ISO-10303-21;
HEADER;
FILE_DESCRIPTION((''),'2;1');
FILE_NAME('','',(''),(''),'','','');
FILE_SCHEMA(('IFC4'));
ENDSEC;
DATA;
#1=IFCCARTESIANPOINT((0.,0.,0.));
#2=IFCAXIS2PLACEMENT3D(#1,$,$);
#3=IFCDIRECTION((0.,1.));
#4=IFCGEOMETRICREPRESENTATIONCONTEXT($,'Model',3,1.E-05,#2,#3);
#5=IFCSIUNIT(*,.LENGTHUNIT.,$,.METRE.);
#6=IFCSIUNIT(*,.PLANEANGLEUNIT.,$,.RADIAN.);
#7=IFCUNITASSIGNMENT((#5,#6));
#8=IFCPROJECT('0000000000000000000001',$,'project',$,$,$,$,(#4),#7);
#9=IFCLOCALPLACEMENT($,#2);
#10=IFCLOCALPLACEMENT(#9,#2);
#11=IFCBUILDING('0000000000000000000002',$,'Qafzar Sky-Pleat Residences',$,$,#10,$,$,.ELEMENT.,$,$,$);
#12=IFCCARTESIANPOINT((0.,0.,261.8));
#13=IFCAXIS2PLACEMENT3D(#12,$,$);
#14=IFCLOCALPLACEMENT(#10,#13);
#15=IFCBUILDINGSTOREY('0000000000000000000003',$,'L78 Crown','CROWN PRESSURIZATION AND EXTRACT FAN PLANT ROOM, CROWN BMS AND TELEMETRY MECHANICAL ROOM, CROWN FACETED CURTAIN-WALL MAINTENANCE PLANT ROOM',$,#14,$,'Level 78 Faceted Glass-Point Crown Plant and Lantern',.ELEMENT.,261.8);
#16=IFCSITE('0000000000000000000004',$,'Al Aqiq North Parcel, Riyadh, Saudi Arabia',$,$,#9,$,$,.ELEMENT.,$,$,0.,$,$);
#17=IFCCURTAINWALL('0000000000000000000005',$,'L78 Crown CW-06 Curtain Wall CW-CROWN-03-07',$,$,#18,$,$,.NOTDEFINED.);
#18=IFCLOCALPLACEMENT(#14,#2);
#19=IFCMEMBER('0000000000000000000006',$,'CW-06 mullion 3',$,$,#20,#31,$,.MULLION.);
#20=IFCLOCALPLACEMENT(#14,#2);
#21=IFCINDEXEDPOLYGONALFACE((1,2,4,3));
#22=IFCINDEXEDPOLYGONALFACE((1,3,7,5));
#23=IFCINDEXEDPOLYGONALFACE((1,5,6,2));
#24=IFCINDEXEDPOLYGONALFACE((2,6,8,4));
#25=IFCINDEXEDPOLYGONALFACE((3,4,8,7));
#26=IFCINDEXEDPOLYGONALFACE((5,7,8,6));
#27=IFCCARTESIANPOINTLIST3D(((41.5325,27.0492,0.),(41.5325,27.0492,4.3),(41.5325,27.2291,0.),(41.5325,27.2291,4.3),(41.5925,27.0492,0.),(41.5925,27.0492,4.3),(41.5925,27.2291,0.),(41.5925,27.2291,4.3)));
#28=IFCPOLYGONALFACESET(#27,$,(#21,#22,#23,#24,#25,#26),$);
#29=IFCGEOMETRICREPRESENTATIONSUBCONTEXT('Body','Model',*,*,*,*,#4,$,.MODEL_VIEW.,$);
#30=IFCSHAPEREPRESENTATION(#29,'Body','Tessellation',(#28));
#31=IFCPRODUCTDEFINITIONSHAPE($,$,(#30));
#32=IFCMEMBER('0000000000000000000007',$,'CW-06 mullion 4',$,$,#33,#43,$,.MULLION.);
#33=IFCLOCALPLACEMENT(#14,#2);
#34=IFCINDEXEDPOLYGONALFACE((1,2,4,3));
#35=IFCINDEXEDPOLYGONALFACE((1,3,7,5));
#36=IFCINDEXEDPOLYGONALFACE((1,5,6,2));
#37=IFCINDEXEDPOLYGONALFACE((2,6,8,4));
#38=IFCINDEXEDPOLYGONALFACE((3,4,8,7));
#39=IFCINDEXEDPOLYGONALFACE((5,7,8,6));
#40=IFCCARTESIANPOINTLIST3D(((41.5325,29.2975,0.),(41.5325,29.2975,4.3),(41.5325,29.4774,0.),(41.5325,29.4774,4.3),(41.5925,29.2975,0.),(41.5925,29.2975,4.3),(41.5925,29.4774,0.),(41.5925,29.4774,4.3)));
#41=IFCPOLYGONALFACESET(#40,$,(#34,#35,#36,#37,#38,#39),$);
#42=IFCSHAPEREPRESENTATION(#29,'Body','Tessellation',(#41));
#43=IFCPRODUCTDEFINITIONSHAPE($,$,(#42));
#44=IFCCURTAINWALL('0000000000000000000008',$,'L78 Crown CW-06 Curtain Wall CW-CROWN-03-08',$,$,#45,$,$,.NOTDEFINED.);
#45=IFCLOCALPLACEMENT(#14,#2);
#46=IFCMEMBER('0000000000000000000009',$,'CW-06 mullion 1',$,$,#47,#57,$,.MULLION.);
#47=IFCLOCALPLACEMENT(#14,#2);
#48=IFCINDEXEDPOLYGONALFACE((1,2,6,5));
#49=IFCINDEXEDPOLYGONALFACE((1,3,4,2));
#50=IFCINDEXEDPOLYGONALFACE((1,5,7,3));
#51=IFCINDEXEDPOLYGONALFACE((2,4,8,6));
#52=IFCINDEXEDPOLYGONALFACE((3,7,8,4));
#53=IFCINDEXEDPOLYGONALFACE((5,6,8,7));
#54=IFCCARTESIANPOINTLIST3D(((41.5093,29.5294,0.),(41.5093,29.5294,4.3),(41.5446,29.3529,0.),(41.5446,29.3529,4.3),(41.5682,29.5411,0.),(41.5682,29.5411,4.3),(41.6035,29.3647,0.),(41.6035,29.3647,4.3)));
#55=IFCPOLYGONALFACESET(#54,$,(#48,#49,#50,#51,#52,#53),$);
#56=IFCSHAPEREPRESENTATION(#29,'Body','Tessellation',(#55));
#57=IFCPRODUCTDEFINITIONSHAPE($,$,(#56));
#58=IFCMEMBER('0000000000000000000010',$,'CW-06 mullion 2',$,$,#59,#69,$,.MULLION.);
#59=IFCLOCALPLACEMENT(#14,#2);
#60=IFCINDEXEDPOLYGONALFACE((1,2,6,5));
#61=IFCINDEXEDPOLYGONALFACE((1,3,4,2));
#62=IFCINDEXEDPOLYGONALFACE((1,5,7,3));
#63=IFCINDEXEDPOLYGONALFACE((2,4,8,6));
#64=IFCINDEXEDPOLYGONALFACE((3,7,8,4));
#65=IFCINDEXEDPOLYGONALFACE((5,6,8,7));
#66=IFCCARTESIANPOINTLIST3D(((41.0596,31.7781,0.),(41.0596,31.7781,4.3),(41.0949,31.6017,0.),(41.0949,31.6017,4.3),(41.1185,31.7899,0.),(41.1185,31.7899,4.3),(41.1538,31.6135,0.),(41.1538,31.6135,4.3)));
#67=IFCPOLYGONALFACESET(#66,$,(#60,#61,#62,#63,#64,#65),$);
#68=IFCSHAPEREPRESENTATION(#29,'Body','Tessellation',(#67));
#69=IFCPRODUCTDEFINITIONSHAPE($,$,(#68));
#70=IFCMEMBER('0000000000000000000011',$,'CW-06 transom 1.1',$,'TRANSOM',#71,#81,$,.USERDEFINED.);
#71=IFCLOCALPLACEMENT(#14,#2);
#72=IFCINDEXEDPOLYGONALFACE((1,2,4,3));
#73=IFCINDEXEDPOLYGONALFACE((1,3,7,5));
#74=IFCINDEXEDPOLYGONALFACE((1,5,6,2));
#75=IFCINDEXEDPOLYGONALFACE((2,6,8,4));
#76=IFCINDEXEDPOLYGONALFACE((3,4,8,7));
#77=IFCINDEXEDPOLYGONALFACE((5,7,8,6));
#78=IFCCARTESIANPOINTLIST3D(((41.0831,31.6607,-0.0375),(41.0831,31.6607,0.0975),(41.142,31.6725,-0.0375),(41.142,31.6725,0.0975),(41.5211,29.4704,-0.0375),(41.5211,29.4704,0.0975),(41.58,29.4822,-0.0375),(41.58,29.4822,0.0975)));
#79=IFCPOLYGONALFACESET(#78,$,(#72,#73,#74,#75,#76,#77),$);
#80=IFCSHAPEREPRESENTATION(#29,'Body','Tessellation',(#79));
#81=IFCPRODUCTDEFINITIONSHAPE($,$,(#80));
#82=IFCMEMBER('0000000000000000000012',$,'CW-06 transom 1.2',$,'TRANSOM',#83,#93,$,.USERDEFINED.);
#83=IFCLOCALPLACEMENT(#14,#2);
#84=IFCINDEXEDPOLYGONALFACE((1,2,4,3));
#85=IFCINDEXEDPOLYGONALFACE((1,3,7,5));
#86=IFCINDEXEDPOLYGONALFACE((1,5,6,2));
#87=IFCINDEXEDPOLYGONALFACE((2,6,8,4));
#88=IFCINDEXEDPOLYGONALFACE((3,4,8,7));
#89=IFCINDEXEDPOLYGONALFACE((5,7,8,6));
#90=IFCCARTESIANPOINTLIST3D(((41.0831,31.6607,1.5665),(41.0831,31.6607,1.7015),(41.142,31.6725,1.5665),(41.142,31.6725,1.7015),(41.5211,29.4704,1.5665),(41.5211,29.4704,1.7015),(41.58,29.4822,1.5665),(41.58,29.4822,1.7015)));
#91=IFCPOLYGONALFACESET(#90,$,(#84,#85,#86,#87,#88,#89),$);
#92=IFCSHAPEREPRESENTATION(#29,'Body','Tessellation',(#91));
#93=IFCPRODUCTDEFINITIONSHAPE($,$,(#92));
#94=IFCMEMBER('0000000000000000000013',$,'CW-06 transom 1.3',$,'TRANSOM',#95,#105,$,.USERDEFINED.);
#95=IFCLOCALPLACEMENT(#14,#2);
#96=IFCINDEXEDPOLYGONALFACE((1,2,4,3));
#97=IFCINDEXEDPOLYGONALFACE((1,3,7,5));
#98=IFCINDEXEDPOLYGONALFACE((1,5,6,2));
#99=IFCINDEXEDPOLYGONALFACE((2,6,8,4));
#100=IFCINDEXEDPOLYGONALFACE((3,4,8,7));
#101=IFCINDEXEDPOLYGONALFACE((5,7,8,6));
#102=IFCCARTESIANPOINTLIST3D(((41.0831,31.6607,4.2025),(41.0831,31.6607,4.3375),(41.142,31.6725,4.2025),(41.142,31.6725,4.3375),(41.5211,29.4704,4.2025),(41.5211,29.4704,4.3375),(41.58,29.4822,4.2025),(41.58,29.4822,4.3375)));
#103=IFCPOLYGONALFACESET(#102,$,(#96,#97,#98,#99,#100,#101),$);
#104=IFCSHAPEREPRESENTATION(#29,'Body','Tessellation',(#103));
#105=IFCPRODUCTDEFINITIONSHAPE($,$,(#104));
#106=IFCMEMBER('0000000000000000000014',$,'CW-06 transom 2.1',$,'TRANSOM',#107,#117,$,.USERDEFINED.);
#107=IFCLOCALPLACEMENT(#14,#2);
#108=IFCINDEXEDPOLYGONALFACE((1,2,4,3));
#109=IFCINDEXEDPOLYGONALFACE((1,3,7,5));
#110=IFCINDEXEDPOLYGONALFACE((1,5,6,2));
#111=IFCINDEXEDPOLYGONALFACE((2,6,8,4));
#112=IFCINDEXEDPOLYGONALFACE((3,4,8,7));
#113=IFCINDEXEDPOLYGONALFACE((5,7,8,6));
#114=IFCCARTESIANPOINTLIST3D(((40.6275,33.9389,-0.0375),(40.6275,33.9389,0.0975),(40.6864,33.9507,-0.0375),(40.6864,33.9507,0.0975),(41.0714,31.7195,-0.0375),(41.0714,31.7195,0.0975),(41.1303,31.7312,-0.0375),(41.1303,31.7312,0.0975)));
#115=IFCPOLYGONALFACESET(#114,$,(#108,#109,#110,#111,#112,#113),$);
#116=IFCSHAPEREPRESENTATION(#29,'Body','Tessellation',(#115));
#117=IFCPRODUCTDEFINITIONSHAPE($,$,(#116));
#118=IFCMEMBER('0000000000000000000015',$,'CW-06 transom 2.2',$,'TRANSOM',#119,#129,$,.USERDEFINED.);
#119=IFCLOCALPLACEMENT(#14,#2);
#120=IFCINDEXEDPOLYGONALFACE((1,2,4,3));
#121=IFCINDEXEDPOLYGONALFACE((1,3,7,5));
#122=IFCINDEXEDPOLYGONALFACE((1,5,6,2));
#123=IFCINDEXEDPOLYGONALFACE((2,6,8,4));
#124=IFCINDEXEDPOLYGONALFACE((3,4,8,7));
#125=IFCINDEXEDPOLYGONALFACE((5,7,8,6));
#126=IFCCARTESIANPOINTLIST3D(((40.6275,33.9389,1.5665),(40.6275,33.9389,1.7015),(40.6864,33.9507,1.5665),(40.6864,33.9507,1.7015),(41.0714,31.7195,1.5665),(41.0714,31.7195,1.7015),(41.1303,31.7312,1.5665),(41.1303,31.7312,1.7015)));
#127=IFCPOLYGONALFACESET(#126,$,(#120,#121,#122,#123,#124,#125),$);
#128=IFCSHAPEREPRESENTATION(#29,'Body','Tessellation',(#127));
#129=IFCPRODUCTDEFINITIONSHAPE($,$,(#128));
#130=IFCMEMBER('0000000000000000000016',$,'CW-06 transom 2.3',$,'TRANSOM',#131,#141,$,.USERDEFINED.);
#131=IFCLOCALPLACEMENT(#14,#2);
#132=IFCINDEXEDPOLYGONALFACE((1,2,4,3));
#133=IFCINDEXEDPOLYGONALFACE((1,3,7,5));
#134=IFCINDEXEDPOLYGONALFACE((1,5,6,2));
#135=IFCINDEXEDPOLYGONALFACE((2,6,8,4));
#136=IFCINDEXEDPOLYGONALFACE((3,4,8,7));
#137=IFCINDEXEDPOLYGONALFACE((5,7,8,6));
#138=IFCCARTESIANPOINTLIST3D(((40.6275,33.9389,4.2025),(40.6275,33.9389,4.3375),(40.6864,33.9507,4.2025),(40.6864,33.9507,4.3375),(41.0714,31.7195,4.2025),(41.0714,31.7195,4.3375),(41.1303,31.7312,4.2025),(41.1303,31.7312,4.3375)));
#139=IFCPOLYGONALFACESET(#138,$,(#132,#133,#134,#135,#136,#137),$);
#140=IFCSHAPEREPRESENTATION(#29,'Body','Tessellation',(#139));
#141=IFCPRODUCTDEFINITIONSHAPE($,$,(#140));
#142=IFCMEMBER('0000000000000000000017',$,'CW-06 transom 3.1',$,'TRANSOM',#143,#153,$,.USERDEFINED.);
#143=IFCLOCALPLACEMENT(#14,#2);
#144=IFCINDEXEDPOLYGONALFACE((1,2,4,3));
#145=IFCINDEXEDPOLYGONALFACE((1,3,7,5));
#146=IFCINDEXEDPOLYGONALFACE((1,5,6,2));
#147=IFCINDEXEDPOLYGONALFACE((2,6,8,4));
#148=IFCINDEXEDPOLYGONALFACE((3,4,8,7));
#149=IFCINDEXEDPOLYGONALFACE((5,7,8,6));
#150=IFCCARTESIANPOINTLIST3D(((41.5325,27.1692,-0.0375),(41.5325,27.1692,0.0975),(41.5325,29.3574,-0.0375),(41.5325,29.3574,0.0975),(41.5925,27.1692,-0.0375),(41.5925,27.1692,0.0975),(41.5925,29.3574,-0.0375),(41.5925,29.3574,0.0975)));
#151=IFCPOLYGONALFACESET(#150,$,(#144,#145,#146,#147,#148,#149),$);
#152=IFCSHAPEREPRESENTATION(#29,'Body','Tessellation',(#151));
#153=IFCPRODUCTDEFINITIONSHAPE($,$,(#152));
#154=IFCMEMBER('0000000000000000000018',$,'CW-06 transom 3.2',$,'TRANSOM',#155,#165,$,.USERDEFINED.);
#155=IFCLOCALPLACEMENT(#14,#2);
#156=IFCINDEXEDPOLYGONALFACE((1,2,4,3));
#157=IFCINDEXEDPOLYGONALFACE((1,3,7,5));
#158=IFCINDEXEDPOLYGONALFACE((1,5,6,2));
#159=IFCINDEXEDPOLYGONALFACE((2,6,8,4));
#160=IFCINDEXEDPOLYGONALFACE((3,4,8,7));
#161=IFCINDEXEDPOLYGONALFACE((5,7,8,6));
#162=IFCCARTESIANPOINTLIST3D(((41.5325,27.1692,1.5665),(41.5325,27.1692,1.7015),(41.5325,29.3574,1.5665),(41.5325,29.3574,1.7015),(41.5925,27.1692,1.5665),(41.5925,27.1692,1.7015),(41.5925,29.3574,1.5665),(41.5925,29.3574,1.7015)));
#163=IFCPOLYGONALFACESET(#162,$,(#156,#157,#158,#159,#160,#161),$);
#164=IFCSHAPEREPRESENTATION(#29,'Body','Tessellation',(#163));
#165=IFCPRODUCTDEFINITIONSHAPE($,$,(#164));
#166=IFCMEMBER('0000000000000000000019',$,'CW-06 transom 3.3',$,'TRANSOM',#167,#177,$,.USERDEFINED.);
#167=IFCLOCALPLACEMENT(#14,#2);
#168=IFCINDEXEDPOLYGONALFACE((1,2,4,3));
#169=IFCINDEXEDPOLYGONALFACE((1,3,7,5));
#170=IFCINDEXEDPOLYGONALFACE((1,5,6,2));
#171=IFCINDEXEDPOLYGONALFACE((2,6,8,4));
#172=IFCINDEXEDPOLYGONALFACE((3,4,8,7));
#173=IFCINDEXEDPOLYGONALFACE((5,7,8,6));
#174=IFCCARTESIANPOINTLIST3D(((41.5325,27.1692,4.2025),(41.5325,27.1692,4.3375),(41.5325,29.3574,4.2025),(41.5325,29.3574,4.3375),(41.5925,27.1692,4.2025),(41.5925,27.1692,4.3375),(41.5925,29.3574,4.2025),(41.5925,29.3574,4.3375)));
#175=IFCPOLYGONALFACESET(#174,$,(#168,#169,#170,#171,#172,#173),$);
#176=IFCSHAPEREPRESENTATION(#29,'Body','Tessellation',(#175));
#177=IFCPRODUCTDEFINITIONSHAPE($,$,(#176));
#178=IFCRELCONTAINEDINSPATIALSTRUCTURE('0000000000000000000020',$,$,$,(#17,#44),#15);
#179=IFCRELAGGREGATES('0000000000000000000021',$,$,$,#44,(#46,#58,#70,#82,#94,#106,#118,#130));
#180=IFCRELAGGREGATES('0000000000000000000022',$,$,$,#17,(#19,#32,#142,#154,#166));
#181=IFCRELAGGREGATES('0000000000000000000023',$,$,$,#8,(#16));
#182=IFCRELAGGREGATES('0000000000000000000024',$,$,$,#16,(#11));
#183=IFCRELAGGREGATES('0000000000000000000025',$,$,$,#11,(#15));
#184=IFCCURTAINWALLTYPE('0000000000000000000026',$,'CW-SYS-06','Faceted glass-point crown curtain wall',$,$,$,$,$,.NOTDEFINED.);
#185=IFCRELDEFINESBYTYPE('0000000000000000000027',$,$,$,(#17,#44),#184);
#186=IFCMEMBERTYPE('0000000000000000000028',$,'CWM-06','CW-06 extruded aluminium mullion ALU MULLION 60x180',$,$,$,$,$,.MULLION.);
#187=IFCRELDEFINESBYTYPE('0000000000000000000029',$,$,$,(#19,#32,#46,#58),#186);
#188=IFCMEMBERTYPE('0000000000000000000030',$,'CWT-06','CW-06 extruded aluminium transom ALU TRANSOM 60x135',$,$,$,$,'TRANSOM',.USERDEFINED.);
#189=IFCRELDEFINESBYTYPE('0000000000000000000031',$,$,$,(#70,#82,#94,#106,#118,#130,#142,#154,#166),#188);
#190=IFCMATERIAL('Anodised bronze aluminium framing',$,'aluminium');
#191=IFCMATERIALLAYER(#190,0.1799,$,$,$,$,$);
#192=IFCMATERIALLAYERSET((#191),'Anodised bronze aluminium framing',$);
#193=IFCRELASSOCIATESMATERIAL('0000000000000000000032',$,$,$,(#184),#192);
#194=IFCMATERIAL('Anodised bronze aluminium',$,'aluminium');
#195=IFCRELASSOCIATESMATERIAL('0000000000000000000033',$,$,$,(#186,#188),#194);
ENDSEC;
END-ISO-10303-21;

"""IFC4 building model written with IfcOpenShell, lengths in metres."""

from ifc_helpers import new_model, si_unit, direction, frame, origin, origin_2d, place, context, subcontext, project, spatial, rectangle, extrude, source, transform, mapped, material, layer, layer_set, material_profile, profile_set, type_object, element, aggregate, save


model = new_model("IFC4")

# Units and contexts
model_context = context("Model", 3, precision=1e-05, world=origin(), true_north=direction((0.0, 1.0)))
body_context = subcontext(model_context, "Body", "Model", "MODEL_VIEW")
ifc_project = project(units=[si_unit("LENGTHUNIT", "METRE"), si_unit("PLANEANGLEUNIT", "RADIAN")], contexts=[model_context])

# Site, building, storey
site_placement = place(None, origin())
site = spatial("IfcSite", under=ifc_project, at=site_placement, Name="Al Aqiq North Parcel, Riyadh, Saudi Arabia", CompositionType="ELEMENT", RefElevation=0.0)
building_placement = place(site_placement, origin())
building = spatial("IfcBuilding", under=site, at=building_placement, Name="Qafzar Sky-Pleat Residences", CompositionType="ELEMENT")
storey_placement = place(building_placement, frame((0.0, 0.0, 261.8)))
storey = spatial("IfcBuildingStorey", under=building, at=storey_placement, Name="L78 Crown", Description="CROWN PRESSURIZATION AND EXTRACT FAN PLANT ROOM, CROWN BMS AND TELEMETRY MECHANICAL ROOM, CROWN FACETED CURTAIN-WALL MAINTENANCE PLANT ROOM", LongName="Level 78 Faceted Glass-Point Crown Plant and Lantern", CompositionType="ELEMENT", Elevation=261.8)

# Curtain walls, members
ifc_material_1 = material(Name="Anodised bronze aluminium framing", Category="aluminium")
ifc_layer_1 = layer(ifc_material_1, 0.1799)
ifc_layer_set_1 = layer_set([ifc_layer_1], Name="Anodised bronze aluminium framing")
curtain_wall_type = type_object("IfcCurtainWallType", Name="CW-SYS-06", Description="Faceted glass-point crown curtain wall", PredefinedType="NOTDEFINED", material=ifc_layer_set_1)
curtain_wall_1_placement = place(storey_placement, origin())
curtain_wall_1 = element("IfcCurtainWall", 1, at=curtain_wall_1_placement, inside=storey, type_object=curtain_wall_type, Name="L78 Crown CW-06 Curtain Wall CW-CROWN-03-07", PredefinedType="NOTDEFINED")
ifc_material_2 = material(Name="Anodised bronze aluminium", Category="aluminium")
ifc_material_profile_1 = material_profile(ifc_material_2, rectangle(XDim=0.0601, YDim=0.1799, at=origin_2d()), Name="ALU MULLION 60x180")
ifc_profile_set_1 = profile_set([ifc_material_profile_1], Name="Anodised bronze aluminium")
member_type_1 = type_object("IfcMemberType", Name="CWM-06", Description="CW-06 extruded aluminium mullion ALU MULLION 60x180", PredefinedType="MULLION", material=ifc_profile_set_1)
shared_shape_1 = source(origin(), body_context, "Body", "SweptSolid", [
    extrude(rectangle(XDim=0.0601, YDim=0.1799, at=origin_2d()), origin(), (0.0, 0.0, 1.0), 4.3),
])
member_1_placement = place(storey_placement, frame((41.5625, 27.1392, 0.0), z_axis=(0.0, 0.0, 1.0), x_axis=(-1.0, 0.0, 0.0)))
member_1 = element("IfcMember", 2, at=member_1_placement, type_object=member_type_1, Name="CW-06 mullion 3", PredefinedType="MULLION", context=body_context, shape_type="MappedRepresentation", body=[
    mapped(shared_shape_1, transform((0.0, 0.0, 0.0), x_axis=(1.0, 0.0, 0.0), y_axis=(0.0, 1.0, 0.0), z_axis=(0.0, 0.0, 1.0), scale=1.0)),
])
member_2_placement = place(storey_placement, frame((41.5625, 29.3875, 0.0), z_axis=(0.0, 0.0, 1.0), x_axis=(-1.0, 0.0, 0.0)))
member_2 = element("IfcMember", 3, at=member_2_placement, type_object=member_type_1, Name="CW-06 mullion 4", PredefinedType="MULLION", context=body_context, shape_type="MappedRepresentation", body=[
    mapped(shared_shape_1, transform((0.0, 0.0, 0.0), x_axis=(1.0, 0.0, 0.0), y_axis=(0.0, 1.0, 0.0), z_axis=(0.0, 0.0, 1.0), scale=1.0)),
])
curtain_wall_2_placement = place(storey_placement, origin())
curtain_wall_2 = element("IfcCurtainWall", 4, at=curtain_wall_2_placement, inside=storey, type_object=curtain_wall_type, Name="L78 Crown CW-06 Curtain Wall CW-CROWN-03-08", PredefinedType="NOTDEFINED")
member_3_placement = place(storey_placement, frame((41.5564, 29.447, 0.0), z_axis=(0.0, 0.0, 1.0), x_axis=(-0.980581, -0.196113, 0.0)))
member_3 = element("IfcMember", 5, at=member_3_placement, type_object=member_type_1, Name="CW-06 mullion 1", PredefinedType="MULLION", context=body_context, shape_type="MappedRepresentation", body=[
    mapped(shared_shape_1, transform((0.0, 0.0, 0.0), x_axis=(1.0, 0.0, 0.0), y_axis=(0.0, 1.0, 0.0), z_axis=(0.0, 0.0, 1.0), scale=1.0)),
])
member_4_placement = place(storey_placement, frame((41.1067, 31.6958, 0.0), z_axis=(0.0, 0.0, 1.0), x_axis=(-0.980581, -0.196113, 0.0)))
member_4 = element("IfcMember", 6, at=member_4_placement, type_object=member_type_1, Name="CW-06 mullion 2", PredefinedType="MULLION", context=body_context, shape_type="MappedRepresentation", body=[
    mapped(shared_shape_1, transform((0.0, 0.0, 0.0), x_axis=(1.0, 0.0, 0.0), y_axis=(0.0, 1.0, 0.0), z_axis=(0.0, 0.0, 1.0), scale=1.0)),
])
ifc_material_profile_2 = material_profile(ifc_material_2, rectangle(XDim=0.0601, YDim=0.135, at=origin_2d()), Name="ALU TRANSOM 60x135")
ifc_profile_set_2 = profile_set([ifc_material_profile_2], Name="Anodised bronze aluminium")
member_type_2 = type_object("IfcMemberType", Name="CWT-06", Description="CW-06 extruded aluminium transom ALU TRANSOM 60x135", ElementType="TRANSOM", PredefinedType="USERDEFINED", material=ifc_profile_set_2)
shared_shape_2 = source(origin(), body_context, "Body", "SweptSolid", [
    extrude(rectangle(XDim=0.0601, YDim=0.135, at=origin_2d()), origin(), (0.0, 0.0, 1.0), 2.2336),
])
member_5_placement = place(storey_placement, frame((41.5505, 29.4763, 0.03), z_axis=(-0.196095, 0.980585, 0.0), x_axis=(-0.980585, -0.196095, 0.0)))
member_5 = element("IfcMember", 7, at=member_5_placement, type_object=member_type_2, Name="CW-06 transom 1.1", ObjectType="TRANSOM", PredefinedType="USERDEFINED", context=body_context, shape_type="MappedRepresentation", body=[
    mapped(shared_shape_2, transform((0.0, 0.0, 0.0), x_axis=(1.0, 0.0, 0.0), y_axis=(0.0, 1.0, 0.0), z_axis=(0.0, 0.0, 1.0), scale=1.0)),
])
member_6_placement = place(storey_placement, frame((41.5505, 29.4763, 1.634), z_axis=(-0.196095, 0.980585, 0.0), x_axis=(-0.980585, -0.196095, 0.0)))
member_6 = element("IfcMember", 8, at=member_6_placement, type_object=member_type_2, Name="CW-06 transom 1.2", ObjectType="TRANSOM", PredefinedType="USERDEFINED", context=body_context, shape_type="MappedRepresentation", body=[
    mapped(shared_shape_2, transform((0.0, 0.0, 0.0), x_axis=(1.0, 0.0, 0.0), y_axis=(0.0, 1.0, 0.0), z_axis=(0.0, 0.0, 1.0), scale=1.0)),
])
member_7_placement = place(storey_placement, frame((41.5505, 29.4763, 4.27), z_axis=(-0.196095, 0.980585, 0.0), x_axis=(-0.980585, -0.196095, 0.0)))
member_7 = element("IfcMember", 9, at=member_7_placement, type_object=member_type_2, Name="CW-06 transom 1.3", ObjectType="TRANSOM", PredefinedType="USERDEFINED", context=body_context, shape_type="MappedRepresentation", body=[
    mapped(shared_shape_2, transform((0.0, 0.0, 0.0), x_axis=(1.0, 0.0, 0.0), y_axis=(0.0, 1.0, 0.0), z_axis=(0.0, 0.0, 1.0), scale=1.0)),
])
shared_shape_3 = source(origin(), body_context, "Body", "SweptSolid", [
    extrude(rectangle(XDim=0.0601, YDim=0.135, at=origin_2d()), origin(), (0.0, 0.0, 1.0), 2.2634),
])
member_8_placement = place(storey_placement, frame((41.1008, 31.7253, 0.03), z_axis=(-0.196095, 0.980585, 0.0), x_axis=(-0.980585, -0.196095, 0.0)))
member_8 = element("IfcMember", 10, at=member_8_placement, type_object=member_type_2, Name="CW-06 transom 2.1", ObjectType="TRANSOM", PredefinedType="USERDEFINED", context=body_context, shape_type="MappedRepresentation", body=[
    mapped(shared_shape_3, transform((0.0, 0.0, 0.0), x_axis=(1.0, 0.0, 0.0), y_axis=(0.0, 1.0, 0.0), z_axis=(0.0, 0.0, 1.0), scale=1.0)),
])
member_9_placement = place(storey_placement, frame((41.1008, 31.7253, 1.634), z_axis=(-0.196095, 0.980585, 0.0), x_axis=(-0.980585, -0.196095, 0.0)))
member_9 = element("IfcMember", 11, at=member_9_placement, type_object=member_type_2, Name="CW-06 transom 2.2", ObjectType="TRANSOM", PredefinedType="USERDEFINED", context=body_context, shape_type="MappedRepresentation", body=[
    mapped(shared_shape_3, transform((0.0, 0.0, 0.0), x_axis=(1.0, 0.0, 0.0), y_axis=(0.0, 1.0, 0.0), z_axis=(0.0, 0.0, 1.0), scale=1.0)),
])
member_10_placement = place(storey_placement, frame((41.1008, 31.7253, 4.27), z_axis=(-0.196095, 0.980585, 0.0), x_axis=(-0.980585, -0.196095, 0.0)))
member_10 = element("IfcMember", 12, at=member_10_placement, type_object=member_type_2, Name="CW-06 transom 2.3", ObjectType="TRANSOM", PredefinedType="USERDEFINED", context=body_context, shape_type="MappedRepresentation", body=[
    mapped(shared_shape_3, transform((0.0, 0.0, 0.0), x_axis=(1.0, 0.0, 0.0), y_axis=(0.0, 1.0, 0.0), z_axis=(0.0, 0.0, 1.0), scale=1.0)),
])

# Members
shared_shape_4 = source(origin(), body_context, "Body", "SweptSolid", [
    extrude(rectangle(XDim=0.0601, YDim=0.135, at=origin_2d()), origin(), (0.0, 0.0, 1.0), 2.1882),
])
member_11_placement = place(storey_placement, frame((41.5625, 27.1692, 0.03), z_axis=(0.0, 1.0, 0.0), x_axis=(-1.0, 0.0, 0.0)))
member_11 = element("IfcMember", 13, at=member_11_placement, type_object=member_type_2, Name="CW-06 transom 3.1", ObjectType="TRANSOM", PredefinedType="USERDEFINED", context=body_context, shape_type="MappedRepresentation", body=[
    mapped(shared_shape_4, transform((0.0, 0.0, 0.0), x_axis=(1.0, 0.0, 0.0), y_axis=(0.0, 1.0, 0.0), z_axis=(0.0, 0.0, 1.0), scale=1.0)),
])
member_12_placement = place(storey_placement, frame((41.5625, 27.1692, 1.634), z_axis=(0.0, 1.0, 0.0), x_axis=(-1.0, 0.0, 0.0)))
member_12 = element("IfcMember", 14, at=member_12_placement, type_object=member_type_2, Name="CW-06 transom 3.2", ObjectType="TRANSOM", PredefinedType="USERDEFINED", context=body_context, shape_type="MappedRepresentation", body=[
    mapped(shared_shape_4, transform((0.0, 0.0, 0.0), x_axis=(1.0, 0.0, 0.0), y_axis=(0.0, 1.0, 0.0), z_axis=(0.0, 0.0, 1.0), scale=1.0)),
])
member_13_placement = place(storey_placement, frame((41.5625, 27.1692, 4.27), z_axis=(0.0, 1.0, 0.0), x_axis=(-1.0, 0.0, 0.0)))
member_13 = element("IfcMember", 15, at=member_13_placement, type_object=member_type_2, Name="CW-06 transom 3.3", ObjectType="TRANSOM", PredefinedType="USERDEFINED", context=body_context, shape_type="MappedRepresentation", body=[
    mapped(shared_shape_4, transform((0.0, 0.0, 0.0), x_axis=(1.0, 0.0, 0.0), y_axis=(0.0, 1.0, 0.0), z_axis=(0.0, 0.0, 1.0), scale=1.0)),
])

aggregate(curtain_wall_2, [member_3, member_4, member_5, member_6, member_7, member_8, member_9, member_10])
aggregate(curtain_wall_1, [member_1, member_2, member_11, member_12, member_13])

save(model, "model.ifc")
